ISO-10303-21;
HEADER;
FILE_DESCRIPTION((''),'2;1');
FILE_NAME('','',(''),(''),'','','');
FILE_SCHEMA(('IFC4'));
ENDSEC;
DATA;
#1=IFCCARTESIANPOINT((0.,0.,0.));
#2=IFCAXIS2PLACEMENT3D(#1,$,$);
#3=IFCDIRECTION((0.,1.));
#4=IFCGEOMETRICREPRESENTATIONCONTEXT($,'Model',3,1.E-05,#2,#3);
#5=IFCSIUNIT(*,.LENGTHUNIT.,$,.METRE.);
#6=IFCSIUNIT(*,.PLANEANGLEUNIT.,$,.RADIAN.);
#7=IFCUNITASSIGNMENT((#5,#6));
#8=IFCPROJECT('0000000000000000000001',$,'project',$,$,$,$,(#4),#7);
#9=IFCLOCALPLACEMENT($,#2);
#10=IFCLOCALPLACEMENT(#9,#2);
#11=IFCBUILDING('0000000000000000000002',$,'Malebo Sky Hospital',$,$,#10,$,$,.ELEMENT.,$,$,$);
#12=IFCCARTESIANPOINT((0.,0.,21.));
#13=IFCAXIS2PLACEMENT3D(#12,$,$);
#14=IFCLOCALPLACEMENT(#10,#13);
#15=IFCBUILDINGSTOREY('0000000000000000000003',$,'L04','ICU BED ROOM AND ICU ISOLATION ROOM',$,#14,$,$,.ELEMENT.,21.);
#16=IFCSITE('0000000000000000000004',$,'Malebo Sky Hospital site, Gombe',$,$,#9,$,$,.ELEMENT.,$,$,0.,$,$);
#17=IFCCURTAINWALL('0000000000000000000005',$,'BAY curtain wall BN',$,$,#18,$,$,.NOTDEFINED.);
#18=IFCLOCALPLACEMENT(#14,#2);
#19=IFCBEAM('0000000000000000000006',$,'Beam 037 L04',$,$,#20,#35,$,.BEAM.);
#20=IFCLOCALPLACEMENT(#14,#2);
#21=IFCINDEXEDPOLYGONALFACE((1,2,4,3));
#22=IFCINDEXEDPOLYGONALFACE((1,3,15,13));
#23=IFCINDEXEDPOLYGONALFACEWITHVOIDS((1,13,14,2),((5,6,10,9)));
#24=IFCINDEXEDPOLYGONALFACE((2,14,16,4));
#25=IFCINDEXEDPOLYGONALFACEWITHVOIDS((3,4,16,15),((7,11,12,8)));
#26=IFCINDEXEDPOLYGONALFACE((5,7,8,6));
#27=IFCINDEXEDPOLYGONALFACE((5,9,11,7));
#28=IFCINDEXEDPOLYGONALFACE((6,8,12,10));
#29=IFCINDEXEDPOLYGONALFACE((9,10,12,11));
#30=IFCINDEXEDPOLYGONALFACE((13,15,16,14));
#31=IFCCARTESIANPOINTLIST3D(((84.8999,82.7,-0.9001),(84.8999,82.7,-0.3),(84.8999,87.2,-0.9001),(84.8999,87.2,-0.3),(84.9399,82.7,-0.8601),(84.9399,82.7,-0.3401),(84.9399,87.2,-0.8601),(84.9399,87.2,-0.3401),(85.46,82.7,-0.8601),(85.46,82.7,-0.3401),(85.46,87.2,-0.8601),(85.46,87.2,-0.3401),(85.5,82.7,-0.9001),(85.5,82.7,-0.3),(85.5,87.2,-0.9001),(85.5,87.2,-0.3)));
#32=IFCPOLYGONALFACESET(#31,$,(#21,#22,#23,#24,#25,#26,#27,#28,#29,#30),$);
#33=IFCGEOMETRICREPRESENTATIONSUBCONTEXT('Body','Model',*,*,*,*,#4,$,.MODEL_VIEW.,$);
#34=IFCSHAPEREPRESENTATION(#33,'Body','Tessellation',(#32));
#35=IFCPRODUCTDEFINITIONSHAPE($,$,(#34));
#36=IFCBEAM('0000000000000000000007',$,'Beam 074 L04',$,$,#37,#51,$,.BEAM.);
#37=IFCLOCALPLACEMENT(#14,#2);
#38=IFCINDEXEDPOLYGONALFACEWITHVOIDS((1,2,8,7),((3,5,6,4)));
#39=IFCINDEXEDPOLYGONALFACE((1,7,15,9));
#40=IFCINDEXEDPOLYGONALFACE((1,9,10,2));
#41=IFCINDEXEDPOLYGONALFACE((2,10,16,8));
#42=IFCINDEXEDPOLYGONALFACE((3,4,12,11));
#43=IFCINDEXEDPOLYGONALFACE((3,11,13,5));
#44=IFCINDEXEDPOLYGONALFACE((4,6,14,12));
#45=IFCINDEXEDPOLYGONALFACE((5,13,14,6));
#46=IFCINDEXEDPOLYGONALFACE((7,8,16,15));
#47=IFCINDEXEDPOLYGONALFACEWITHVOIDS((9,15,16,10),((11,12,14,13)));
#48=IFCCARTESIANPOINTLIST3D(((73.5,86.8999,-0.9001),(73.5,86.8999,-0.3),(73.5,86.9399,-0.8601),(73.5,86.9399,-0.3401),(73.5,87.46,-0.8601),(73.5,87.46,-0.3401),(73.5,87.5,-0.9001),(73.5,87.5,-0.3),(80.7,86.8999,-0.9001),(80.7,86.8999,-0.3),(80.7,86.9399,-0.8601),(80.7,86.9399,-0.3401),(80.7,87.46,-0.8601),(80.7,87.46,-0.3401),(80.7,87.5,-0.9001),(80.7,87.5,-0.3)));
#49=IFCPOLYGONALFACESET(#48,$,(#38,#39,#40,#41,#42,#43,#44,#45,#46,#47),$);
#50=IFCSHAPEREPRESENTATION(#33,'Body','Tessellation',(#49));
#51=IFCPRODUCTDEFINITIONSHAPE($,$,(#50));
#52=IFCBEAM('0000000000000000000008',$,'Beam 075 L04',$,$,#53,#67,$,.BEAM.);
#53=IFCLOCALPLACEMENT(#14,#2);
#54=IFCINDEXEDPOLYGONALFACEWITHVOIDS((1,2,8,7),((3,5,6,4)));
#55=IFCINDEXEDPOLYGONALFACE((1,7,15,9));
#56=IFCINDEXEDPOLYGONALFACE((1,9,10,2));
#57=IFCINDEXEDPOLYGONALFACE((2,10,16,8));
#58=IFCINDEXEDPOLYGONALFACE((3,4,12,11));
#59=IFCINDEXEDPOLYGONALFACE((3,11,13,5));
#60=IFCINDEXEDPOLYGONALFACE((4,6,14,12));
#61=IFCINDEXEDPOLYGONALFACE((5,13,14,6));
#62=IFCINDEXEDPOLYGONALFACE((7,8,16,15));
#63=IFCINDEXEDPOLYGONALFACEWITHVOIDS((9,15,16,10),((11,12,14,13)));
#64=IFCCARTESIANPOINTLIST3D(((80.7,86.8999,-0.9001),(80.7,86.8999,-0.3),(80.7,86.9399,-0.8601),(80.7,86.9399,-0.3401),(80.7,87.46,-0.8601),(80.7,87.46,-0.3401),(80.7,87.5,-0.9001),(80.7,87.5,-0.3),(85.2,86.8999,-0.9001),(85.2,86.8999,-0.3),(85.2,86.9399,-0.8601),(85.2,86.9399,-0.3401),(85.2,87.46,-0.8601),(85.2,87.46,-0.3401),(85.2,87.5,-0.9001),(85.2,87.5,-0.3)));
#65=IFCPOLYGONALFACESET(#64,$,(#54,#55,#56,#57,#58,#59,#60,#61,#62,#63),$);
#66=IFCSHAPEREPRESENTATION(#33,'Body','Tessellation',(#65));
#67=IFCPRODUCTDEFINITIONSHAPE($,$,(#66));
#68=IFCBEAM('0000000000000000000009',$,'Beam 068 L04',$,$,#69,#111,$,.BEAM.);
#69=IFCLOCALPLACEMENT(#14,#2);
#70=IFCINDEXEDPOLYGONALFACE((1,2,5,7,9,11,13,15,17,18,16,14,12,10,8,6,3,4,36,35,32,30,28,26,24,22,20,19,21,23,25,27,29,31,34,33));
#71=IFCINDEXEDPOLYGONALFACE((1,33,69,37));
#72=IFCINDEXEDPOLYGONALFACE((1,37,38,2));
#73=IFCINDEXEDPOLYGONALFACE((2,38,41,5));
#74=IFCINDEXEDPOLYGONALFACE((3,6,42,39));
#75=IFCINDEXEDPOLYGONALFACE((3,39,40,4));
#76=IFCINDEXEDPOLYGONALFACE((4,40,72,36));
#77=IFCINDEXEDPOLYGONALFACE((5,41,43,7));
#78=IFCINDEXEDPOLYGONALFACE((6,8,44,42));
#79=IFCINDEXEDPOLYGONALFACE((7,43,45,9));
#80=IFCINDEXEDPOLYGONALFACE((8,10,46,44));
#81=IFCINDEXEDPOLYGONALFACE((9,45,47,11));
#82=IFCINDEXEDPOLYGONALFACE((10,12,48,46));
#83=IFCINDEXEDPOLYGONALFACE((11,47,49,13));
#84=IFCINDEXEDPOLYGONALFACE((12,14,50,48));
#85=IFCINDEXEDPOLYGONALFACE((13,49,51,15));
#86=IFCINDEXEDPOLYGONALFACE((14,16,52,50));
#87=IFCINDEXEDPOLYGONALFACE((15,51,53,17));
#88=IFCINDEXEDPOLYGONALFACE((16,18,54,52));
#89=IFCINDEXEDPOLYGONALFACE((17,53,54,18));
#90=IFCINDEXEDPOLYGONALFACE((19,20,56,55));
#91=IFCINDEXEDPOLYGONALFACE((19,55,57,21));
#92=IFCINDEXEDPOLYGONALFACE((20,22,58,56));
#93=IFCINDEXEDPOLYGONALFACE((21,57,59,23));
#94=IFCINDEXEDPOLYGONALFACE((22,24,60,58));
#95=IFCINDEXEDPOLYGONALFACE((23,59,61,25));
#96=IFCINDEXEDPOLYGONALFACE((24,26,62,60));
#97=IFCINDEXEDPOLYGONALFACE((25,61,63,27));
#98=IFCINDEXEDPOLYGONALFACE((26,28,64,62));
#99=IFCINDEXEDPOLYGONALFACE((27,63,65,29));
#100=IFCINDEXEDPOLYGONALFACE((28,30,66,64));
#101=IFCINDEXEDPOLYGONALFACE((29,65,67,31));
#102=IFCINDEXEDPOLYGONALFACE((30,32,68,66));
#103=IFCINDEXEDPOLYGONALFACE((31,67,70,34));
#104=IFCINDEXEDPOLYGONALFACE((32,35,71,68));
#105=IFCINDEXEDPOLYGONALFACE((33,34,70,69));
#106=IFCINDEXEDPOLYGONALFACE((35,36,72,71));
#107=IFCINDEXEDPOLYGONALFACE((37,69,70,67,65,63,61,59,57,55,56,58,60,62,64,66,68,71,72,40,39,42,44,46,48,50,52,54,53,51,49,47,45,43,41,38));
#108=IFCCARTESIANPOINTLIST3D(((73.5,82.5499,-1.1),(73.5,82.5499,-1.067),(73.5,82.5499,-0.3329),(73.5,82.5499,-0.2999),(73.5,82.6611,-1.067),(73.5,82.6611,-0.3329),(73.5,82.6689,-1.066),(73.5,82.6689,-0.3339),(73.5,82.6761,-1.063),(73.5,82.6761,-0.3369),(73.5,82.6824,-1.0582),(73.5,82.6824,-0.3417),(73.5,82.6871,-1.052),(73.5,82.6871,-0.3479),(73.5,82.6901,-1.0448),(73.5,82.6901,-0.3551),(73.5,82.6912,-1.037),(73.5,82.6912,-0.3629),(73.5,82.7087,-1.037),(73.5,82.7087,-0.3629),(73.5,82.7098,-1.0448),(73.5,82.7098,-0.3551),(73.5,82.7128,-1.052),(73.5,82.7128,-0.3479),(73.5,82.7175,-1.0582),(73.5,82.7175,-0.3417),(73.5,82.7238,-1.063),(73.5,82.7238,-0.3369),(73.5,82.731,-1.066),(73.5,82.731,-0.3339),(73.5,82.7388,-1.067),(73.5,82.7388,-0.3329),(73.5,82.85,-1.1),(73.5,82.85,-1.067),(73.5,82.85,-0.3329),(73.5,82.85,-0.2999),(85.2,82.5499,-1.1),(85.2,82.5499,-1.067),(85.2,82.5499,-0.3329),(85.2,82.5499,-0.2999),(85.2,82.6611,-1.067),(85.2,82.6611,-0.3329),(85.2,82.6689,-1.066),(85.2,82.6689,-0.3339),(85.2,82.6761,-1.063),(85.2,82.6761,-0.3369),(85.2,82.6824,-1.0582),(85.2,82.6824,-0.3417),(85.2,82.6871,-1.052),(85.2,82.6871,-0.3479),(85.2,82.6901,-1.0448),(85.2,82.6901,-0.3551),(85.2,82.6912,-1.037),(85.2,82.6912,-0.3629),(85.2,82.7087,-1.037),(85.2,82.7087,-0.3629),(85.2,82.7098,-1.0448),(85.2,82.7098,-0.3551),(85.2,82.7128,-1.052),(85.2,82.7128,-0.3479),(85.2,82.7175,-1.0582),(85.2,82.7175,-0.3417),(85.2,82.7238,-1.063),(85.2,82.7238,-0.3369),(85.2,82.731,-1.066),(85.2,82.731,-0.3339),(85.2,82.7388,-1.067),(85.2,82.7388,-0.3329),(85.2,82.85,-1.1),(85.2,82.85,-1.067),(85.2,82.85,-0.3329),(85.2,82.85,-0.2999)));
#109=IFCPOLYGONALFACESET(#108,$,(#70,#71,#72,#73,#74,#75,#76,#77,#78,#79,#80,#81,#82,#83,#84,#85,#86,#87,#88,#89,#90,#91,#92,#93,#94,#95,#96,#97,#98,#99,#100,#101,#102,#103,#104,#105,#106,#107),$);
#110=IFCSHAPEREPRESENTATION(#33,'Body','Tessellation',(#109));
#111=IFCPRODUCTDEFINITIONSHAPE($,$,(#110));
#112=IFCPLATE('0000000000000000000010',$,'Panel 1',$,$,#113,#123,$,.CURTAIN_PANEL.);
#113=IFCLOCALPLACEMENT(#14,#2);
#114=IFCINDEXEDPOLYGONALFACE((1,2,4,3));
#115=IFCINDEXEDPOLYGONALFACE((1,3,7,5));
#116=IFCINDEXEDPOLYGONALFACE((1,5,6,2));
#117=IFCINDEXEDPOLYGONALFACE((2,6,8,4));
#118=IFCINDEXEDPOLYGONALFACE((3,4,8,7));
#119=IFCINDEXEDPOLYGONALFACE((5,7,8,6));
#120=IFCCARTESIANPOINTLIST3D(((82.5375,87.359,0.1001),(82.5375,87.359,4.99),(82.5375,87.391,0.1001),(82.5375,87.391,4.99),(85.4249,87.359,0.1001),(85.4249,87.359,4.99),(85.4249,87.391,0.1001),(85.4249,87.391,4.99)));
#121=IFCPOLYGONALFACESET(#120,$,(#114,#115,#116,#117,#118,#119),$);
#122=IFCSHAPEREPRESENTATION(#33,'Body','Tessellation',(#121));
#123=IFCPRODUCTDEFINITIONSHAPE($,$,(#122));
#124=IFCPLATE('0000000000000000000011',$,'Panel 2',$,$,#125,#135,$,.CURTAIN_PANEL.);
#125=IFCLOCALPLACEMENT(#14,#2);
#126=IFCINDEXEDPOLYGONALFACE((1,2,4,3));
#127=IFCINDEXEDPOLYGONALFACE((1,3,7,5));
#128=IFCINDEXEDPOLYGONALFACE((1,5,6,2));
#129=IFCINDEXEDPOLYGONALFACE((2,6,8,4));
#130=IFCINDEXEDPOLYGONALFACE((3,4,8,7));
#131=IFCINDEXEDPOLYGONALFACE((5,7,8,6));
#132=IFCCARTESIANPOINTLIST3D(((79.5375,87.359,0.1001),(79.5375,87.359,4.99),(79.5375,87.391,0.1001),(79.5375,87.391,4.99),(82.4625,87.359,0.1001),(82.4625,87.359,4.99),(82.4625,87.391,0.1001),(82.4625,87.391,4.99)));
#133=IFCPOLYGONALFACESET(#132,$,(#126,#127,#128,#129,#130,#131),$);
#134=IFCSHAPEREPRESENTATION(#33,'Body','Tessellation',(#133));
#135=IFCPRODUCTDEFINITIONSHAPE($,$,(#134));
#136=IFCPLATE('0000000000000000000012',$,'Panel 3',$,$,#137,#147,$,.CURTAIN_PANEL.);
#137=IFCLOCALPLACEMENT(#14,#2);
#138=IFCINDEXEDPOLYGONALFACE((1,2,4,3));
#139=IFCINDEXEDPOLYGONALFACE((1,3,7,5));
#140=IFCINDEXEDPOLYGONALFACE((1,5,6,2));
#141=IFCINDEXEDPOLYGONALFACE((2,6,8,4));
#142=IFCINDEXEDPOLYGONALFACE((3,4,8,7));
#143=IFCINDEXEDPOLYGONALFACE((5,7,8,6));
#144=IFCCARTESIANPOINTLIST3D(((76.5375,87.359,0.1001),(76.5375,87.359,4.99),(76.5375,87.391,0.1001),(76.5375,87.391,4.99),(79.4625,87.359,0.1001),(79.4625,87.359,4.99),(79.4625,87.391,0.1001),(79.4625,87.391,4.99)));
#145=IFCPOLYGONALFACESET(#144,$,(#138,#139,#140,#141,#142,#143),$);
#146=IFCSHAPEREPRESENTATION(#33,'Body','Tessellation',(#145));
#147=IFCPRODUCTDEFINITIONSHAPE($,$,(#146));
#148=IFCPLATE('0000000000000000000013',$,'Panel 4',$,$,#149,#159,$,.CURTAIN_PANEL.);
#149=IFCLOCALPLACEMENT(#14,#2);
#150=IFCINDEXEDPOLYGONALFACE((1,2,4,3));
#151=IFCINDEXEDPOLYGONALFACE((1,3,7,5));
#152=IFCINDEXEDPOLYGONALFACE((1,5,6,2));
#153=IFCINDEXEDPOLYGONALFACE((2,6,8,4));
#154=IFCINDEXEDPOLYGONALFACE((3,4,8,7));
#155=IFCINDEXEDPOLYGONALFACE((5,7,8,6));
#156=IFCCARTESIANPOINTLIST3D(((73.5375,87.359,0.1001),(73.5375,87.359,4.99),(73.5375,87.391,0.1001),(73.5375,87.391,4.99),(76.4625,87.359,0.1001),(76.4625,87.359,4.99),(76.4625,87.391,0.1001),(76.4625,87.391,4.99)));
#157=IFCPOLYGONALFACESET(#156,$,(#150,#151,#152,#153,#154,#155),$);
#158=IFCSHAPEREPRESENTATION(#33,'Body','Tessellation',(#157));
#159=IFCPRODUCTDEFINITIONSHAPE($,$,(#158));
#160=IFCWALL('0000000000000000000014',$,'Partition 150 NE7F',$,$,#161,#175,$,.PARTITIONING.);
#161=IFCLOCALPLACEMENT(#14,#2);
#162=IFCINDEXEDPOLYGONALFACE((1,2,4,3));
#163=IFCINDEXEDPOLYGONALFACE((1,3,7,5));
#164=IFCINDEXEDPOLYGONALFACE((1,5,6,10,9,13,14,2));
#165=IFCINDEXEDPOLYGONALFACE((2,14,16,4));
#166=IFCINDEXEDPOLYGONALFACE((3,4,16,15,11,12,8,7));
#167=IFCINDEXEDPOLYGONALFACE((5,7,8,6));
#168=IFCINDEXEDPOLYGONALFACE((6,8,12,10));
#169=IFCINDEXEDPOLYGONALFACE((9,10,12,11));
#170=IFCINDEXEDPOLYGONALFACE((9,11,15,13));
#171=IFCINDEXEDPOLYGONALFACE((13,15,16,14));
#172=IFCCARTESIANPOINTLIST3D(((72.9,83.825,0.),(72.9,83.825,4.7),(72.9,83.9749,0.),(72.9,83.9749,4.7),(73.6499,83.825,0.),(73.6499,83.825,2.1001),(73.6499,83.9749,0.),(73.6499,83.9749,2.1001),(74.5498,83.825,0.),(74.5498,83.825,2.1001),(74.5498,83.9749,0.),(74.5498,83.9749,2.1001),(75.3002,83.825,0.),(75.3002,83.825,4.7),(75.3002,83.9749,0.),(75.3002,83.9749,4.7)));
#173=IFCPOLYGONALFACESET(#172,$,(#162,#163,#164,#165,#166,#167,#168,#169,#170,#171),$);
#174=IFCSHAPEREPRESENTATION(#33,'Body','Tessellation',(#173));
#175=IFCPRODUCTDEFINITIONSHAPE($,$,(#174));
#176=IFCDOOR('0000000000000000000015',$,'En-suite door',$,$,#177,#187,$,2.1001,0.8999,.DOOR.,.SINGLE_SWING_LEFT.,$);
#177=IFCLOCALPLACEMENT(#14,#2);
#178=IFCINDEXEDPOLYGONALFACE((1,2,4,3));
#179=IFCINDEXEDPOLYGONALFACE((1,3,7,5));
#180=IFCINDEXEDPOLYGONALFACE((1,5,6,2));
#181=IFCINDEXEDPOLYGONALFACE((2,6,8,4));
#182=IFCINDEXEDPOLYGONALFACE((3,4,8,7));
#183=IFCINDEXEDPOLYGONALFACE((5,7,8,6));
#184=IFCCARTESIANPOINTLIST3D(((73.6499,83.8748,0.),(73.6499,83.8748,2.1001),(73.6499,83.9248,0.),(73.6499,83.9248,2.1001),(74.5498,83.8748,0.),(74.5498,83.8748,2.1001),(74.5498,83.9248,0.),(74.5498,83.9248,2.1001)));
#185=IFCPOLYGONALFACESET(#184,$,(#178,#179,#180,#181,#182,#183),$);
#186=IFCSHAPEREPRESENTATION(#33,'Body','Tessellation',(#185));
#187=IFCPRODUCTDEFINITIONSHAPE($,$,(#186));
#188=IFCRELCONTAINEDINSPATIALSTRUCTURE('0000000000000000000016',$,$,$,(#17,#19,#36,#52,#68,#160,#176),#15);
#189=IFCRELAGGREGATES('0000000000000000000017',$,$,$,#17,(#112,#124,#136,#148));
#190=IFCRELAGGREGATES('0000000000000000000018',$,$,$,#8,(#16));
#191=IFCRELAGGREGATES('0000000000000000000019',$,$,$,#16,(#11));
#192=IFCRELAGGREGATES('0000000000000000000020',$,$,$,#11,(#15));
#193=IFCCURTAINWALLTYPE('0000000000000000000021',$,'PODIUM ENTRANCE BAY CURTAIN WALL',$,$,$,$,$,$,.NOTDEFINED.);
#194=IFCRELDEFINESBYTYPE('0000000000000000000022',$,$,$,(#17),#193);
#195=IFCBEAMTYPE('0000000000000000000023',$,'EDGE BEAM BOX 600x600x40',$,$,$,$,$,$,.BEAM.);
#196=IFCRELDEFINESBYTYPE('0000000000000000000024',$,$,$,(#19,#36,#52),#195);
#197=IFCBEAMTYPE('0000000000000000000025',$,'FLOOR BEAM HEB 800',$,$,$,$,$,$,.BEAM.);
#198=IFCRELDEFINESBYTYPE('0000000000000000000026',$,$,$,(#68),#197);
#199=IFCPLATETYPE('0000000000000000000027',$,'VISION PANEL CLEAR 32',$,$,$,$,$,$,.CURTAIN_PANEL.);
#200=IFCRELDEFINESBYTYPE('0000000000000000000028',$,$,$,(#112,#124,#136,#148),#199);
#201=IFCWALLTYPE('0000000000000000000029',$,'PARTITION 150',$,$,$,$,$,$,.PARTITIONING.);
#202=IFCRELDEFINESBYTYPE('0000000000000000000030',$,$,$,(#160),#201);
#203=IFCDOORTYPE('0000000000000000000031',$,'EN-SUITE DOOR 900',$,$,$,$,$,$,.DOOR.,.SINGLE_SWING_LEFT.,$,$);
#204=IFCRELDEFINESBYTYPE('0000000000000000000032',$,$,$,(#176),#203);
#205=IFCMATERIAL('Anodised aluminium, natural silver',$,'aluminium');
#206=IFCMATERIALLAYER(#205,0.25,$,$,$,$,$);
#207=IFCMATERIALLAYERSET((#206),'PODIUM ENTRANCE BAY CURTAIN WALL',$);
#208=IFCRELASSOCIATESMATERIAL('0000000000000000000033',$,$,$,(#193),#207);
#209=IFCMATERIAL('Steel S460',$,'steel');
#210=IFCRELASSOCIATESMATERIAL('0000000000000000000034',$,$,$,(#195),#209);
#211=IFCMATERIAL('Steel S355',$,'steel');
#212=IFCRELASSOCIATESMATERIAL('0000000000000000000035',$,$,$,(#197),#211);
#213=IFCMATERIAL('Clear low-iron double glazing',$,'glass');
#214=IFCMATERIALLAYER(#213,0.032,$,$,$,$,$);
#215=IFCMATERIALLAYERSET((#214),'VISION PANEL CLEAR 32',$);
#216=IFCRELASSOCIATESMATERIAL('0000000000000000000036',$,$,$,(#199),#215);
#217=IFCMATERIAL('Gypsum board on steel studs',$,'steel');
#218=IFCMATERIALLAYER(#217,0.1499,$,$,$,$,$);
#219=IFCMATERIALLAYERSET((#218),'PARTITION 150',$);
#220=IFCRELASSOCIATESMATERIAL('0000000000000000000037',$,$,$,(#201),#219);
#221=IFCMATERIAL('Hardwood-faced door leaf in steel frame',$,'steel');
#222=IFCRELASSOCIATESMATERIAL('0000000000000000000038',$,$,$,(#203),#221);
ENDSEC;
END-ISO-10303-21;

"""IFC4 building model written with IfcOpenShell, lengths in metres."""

from ifc_helpers import new_model, si_unit, direction, frame, frame_2d, origin, origin_2d, place, context, subcontext, project, spatial, rectangle, hollow_rectangle, i_section, extrude, material, layer, layer_set, material_profile, profile_set, type_object, element, fill, aggregate, save


model = new_model("IFC4")

# Units and contexts
model_context = context("Model", 3, precision=1e-05, world=origin(), true_north=direction((0.0, 1.0)))
body_context = subcontext(model_context, "Body", "Model", "MODEL_VIEW")
ifc_project = project(units=[si_unit("LENGTHUNIT", "METRE"), si_unit("PLANEANGLEUNIT", "RADIAN")], contexts=[model_context])

# Site, building, storey
site_placement = place(None, origin())
site = spatial("IfcSite", under=ifc_project, at=site_placement, Name="Malebo Sky Hospital site, Gombe", CompositionType="ELEMENT", RefElevation=0.0)
building_placement = place(site_placement, origin())
building = spatial("IfcBuilding", under=site, at=building_placement, Name="Malebo Sky Hospital", CompositionType="ELEMENT")
storey_placement = place(building_placement, frame((0.0, 0.0, 21.0)))
storey = spatial("IfcBuildingStorey", under=building, at=storey_placement, Name="L04", Description="ICU BED ROOM AND ICU ISOLATION ROOM", CompositionType="ELEMENT", Elevation=21.0)

# Shared definitions
ifc_material_1 = material(Name="Steel S460", Category="steel")

# Curtain wall
ifc_material_2 = material(Name="Anodised aluminium, natural silver", Category="aluminium")
ifc_layer_1 = layer(ifc_material_2, 0.25)
ifc_layer_set_1 = layer_set([ifc_layer_1], Name="PODIUM ENTRANCE BAY CURTAIN WALL")
curtain_wall_type = type_object("IfcCurtainWallType", Name="PODIUM ENTRANCE BAY CURTAIN WALL", PredefinedType="NOTDEFINED", material=ifc_layer_set_1)
curtain_wall_placement = place(storey_placement, origin())
curtain_wall = element("IfcCurtainWall", 1, at=curtain_wall_placement, inside=storey, type_object=curtain_wall_type, Name="BAY curtain wall BN", PredefinedType="NOTDEFINED")

# Beams
ifc_material_profile_1 = material_profile(ifc_material_1, hollow_rectangle(XDim=0.6001, YDim=0.6001, WallThickness=0.04, at=origin_2d()), Name="BOX 600x600x40")
ifc_profile_set_1 = profile_set([ifc_material_profile_1], Name="Steel S460")
beam_type_1 = type_object("IfcBeamType", Name="EDGE BEAM BOX 600x600x40", PredefinedType="BEAM", material=ifc_profile_set_1)
beam_1_placement = place(storey_placement, frame((85.2, 82.7, -0.6001), z_axis=(0.0, 1.0, 0.0), x_axis=(-1.0, 0.0, 0.0)))
element("IfcBeam", 2, at=beam_1_placement, inside=storey, type_object=beam_type_1, Name="Beam 037 L04", PredefinedType="BEAM", context=body_context, shape_type="SweptSolid", body=[
    extrude(hollow_rectangle(XDim=0.6001, YDim=0.6001, WallThickness=0.04, at=origin_2d()), origin(), (0.0, 0.0, 1.0), 4.5),
])
beam_2_placement = place(storey_placement, frame((73.5, 87.2, -0.6001), z_axis=(1.0, 0.0, 0.0), x_axis=(0.0, 1.0, 0.0)))
element("IfcBeam", 3, at=beam_2_placement, inside=storey, type_object=beam_type_1, Name="Beam 074 L04", PredefinedType="BEAM", context=body_context, shape_type="SweptSolid", body=[
    extrude(hollow_rectangle(XDim=0.6001, YDim=0.6001, WallThickness=0.04, at=origin_2d()), origin(), (0.0, 0.0, 1.0), 7.2),
])
beam_3_placement = place(storey_placement, frame((80.7, 87.2, -0.6001), z_axis=(1.0, 0.0, 0.0), x_axis=(0.0, 1.0, 0.0)))
element("IfcBeam", 4, at=beam_3_placement, inside=storey, type_object=beam_type_1, Name="Beam 075 L04", PredefinedType="BEAM", context=body_context, shape_type="SweptSolid", body=[
    extrude(hollow_rectangle(XDim=0.6001, YDim=0.6001, WallThickness=0.04, at=origin_2d()), origin(), (0.0, 0.0, 1.0), 4.5),
])
ifc_material_3 = material(Name="Steel S355", Category="steel")
ifc_material_profile_2 = material_profile(ifc_material_3, i_section(OverallWidth=0.3, OverallDepth=0.8, WebThickness=0.0176, FlangeThickness=0.033, FilletRadius=0.03, at=origin_2d()), Name="HEB 800")
ifc_profile_set_2 = profile_set([ifc_material_profile_2], Name="Steel S355")
beam_type_2 = type_object("IfcBeamType", Name="FLOOR BEAM HEB 800", PredefinedType="BEAM", material=ifc_profile_set_2)
beam_4_placement = place(storey_placement, frame((73.5, 82.7, -0.7), z_axis=(1.0, 0.0, 0.0), x_axis=(0.0, 1.0, 0.0)))
element("IfcBeam", 5, at=beam_4_placement, inside=storey, type_object=beam_type_2, Name="Beam 068 L04", PredefinedType="BEAM", context=body_context, shape_type="SweptSolid", body=[
    extrude(i_section(OverallWidth=0.3, OverallDepth=0.8, WebThickness=0.0176, FlangeThickness=0.033, FilletRadius=0.03, at=origin_2d()), origin(), (0.0, 0.0, 1.0), 11.7),
])

# Plates
ifc_material_4 = material(Name="Clear low-iron double glazing", Category="glass")
ifc_layer_2 = layer(ifc_material_4, 0.032)
ifc_layer_set_2 = layer_set([ifc_layer_2], Name="VISION PANEL CLEAR 32")
plate_type = type_object("IfcPlateType", Name="VISION PANEL CLEAR 32", PredefinedType="CURTAIN_PANEL", material=ifc_layer_set_2)
plate_1_placement = place(storey_placement, frame((83.9812, 87.375, 0.1001), z_axis=(0.0, 0.0, 1.0), x_axis=(-1.0, 0.0, 0.0)))
plate_1 = element("IfcPlate", 6, at=plate_1_placement, type_object=plate_type, Name="Panel 1", PredefinedType="CURTAIN_PANEL", context=body_context, shape_type="SweptSolid", body=[
    extrude(rectangle(XDim=2.8875, YDim=0.032, at=origin_2d()), origin(), (0.0, 0.0, 1.0), 4.8899),
])
plate_2_placement = place(storey_placement, frame((81.0, 87.375, 0.1001), z_axis=(0.0, 0.0, 1.0), x_axis=(-1.0, 0.0, 0.0)))
plate_2 = element("IfcPlate", 7, at=plate_2_placement, type_object=plate_type, Name="Panel 2", PredefinedType="CURTAIN_PANEL", context=body_context, shape_type="SweptSolid", body=[
    extrude(rectangle(XDim=2.925, YDim=0.032, at=origin_2d()), origin(), (0.0, 0.0, 1.0), 4.8899),
])
plate_3_placement = place(storey_placement, frame((78.0, 87.375, 0.1001), z_axis=(0.0, 0.0, 1.0), x_axis=(-1.0, 0.0, 0.0)))
plate_3 = element("IfcPlate", 8, at=plate_3_placement, type_object=plate_type, Name="Panel 3", PredefinedType="CURTAIN_PANEL", context=body_context, shape_type="SweptSolid", body=[
    extrude(rectangle(XDim=2.925, YDim=0.032, at=origin_2d()), origin(), (0.0, 0.0, 1.0), 4.8899),
])
plate_4_placement = place(storey_placement, frame((75.0, 87.375, 0.1001), z_axis=(0.0, 0.0, 1.0), x_axis=(-1.0, 0.0, 0.0)))
plate_4 = element("IfcPlate", 9, at=plate_4_placement, type_object=plate_type, Name="Panel 4", PredefinedType="CURTAIN_PANEL", context=body_context, shape_type="SweptSolid", body=[
    extrude(rectangle(XDim=2.925, YDim=0.032, at=origin_2d()), origin(), (0.0, 0.0, 1.0), 4.8899),
])
aggregate(curtain_wall, [plate_1, plate_2, plate_3, plate_4])

# Wall, opening, door
ifc_material_5 = material(Name="Gypsum board on steel studs", Category="steel")
ifc_layer_3 = layer(ifc_material_5, 0.1499)
ifc_layer_set_3 = layer_set([ifc_layer_3], Name="PARTITION 150")
wall_type = type_object("IfcWallType", Name="PARTITION 150", PredefinedType="PARTITIONING", material=ifc_layer_set_3)
wall_placement = place(storey_placement, frame((72.8999, 83.8999, 0.0), z_axis=(0.0, 0.0, 1.0), x_axis=(1.0, 0.0, 0.0)))
wall = element("IfcWall", 10, at=wall_placement, inside=storey, type_object=wall_type, Name="Partition 150 NE7F", PredefinedType="PARTITIONING", context=body_context, shape_type="SweptSolid", body=[
    extrude(rectangle(XDim=2.4001, YDim=0.1499, at=frame_2d((1.2002, 0.0))), origin(), (0.0, 0.0, 1.0), 4.7),
])
opening_placement = place(wall_placement, frame((0.75, 0.0, 0.0)))
opening = element("IfcOpeningElement", 11, at=opening_placement, cuts=wall, PredefinedType="OPENING", context=body_context, shape_type="SweptSolid", body=[
    extrude(rectangle(XDim=0.8999, YDim=2.1001, at=frame_2d((0.45, 1.05))), frame((0.0, 0.085, 0.0), z_axis=(0.0, -1.0, 0.0), x_axis=(1.0, 0.0, 0.0)), (0.0, 0.0, 1.0), 0.1699),
])
ifc_material_6 = material(Name="Hardwood-faced door leaf in steel frame", Category="steel")
door_type = type_object("IfcDoorType", Name="EN-SUITE DOOR 900", OperationType="SINGLE_SWING_LEFT", PredefinedType="DOOR", material=ifc_material_6)
door_placement = place(opening_placement, origin())
door = element("IfcDoor", 12, at=door_placement, inside=storey, type_object=door_type, Name="En-suite door", OperationType="SINGLE_SWING_LEFT", OverallHeight=2.1001, OverallWidth=0.8999, PredefinedType="DOOR", context=body_context, shape_type="SweptSolid", body=[
    extrude(rectangle(XDim=0.8999, YDim=2.1001, at=frame_2d((0.45, 1.05))), frame((0.0, 0.0249, 0.0), z_axis=(0.0, -1.0, 0.0), x_axis=(1.0, 0.0, 0.0)), (0.0, 0.0, 1.0), 0.05),
])
fill(opening, door)

save(model, "model.ifc")
